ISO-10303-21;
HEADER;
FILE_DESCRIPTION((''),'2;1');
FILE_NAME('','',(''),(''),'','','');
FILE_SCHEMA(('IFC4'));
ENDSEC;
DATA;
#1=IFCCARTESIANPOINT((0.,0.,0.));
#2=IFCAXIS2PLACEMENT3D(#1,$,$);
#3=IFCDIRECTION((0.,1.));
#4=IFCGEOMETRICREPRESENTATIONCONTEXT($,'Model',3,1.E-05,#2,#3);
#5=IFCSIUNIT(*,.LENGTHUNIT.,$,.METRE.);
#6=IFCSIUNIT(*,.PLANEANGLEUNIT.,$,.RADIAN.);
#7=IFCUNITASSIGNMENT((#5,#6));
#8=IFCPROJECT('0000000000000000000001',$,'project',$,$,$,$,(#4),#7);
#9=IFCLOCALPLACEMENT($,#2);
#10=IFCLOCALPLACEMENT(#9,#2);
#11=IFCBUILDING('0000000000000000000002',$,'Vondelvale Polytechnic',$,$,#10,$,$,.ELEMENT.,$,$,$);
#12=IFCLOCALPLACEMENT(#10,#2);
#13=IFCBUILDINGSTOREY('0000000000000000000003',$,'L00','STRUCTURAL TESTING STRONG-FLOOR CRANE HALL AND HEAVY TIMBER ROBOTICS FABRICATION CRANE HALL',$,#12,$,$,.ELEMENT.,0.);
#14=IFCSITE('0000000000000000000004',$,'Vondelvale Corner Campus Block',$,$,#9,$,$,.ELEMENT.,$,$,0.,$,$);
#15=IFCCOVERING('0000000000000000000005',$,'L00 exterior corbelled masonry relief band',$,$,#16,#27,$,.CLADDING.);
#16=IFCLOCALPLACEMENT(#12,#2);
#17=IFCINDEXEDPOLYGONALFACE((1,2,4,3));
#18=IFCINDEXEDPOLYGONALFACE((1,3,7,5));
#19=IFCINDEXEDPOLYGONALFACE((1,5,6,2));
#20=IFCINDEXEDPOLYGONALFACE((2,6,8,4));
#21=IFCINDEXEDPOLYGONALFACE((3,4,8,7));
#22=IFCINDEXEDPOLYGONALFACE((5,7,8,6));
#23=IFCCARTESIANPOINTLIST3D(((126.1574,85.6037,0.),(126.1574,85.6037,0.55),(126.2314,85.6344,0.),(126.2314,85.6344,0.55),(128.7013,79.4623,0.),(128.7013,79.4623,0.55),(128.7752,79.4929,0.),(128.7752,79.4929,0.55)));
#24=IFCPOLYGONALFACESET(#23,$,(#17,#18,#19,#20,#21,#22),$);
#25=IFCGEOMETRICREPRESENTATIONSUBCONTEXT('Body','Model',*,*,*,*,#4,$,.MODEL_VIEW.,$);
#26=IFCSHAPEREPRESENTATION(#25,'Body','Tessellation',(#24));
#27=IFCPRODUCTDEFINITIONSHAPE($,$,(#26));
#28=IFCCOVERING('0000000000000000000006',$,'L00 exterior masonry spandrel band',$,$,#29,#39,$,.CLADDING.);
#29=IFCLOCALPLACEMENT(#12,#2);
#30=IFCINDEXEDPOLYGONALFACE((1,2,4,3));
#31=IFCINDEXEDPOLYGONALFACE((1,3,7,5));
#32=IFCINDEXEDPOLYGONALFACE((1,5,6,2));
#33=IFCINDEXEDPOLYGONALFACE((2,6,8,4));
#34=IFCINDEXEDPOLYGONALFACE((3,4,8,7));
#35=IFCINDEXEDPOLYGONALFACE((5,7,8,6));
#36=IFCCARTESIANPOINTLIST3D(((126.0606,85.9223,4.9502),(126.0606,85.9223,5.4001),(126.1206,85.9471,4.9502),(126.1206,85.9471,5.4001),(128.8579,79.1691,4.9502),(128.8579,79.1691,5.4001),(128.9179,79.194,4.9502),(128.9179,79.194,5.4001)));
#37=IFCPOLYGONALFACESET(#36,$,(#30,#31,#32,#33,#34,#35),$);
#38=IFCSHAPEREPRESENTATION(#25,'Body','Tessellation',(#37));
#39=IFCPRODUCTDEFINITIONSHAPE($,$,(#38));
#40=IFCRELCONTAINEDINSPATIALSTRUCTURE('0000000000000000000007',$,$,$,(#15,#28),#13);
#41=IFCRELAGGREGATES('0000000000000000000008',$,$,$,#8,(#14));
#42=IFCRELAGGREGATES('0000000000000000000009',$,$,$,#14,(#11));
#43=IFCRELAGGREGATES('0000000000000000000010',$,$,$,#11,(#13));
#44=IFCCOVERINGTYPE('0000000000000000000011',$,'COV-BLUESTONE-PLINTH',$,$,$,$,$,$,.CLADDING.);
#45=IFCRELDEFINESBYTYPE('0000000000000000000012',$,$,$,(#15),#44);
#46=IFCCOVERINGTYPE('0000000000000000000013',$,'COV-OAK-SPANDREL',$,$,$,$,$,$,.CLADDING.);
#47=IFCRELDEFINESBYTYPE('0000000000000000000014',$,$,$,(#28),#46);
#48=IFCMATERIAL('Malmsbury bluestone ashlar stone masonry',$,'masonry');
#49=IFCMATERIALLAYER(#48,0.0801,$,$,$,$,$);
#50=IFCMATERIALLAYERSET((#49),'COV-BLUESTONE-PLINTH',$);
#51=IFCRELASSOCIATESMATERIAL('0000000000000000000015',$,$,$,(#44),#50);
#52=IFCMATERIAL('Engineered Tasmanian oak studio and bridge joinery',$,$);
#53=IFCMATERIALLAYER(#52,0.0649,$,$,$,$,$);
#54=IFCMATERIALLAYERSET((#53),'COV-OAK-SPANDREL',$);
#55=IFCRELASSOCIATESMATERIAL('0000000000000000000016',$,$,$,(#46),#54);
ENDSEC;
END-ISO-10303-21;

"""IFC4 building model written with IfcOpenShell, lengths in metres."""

from ifc_helpers import new_model, si_unit, direction, frame, origin, origin_2d, place, context, subcontext, project, spatial, rectangle, extrude, material, layer, layer_set, type_object, element, save


model = new_model("IFC4")

# Units and contexts
model_context = context("Model", 3, precision=1e-05, world=origin(), true_north=direction((0.0, 1.0)))
body_context = subcontext(model_context, "Body", "Model", "MODEL_VIEW")
ifc_project = project(units=[si_unit("LENGTHUNIT", "METRE"), si_unit("PLANEANGLEUNIT", "RADIAN")], contexts=[model_context])

# Site, building, storey
site_placement = place(None, origin())
site = spatial("IfcSite", under=ifc_project, at=site_placement, Name="Vondelvale Corner Campus Block", CompositionType="ELEMENT", RefElevation=0.0)
building_placement = place(site_placement, origin())
building = spatial("IfcBuilding", under=site, at=building_placement, Name="Vondelvale Polytechnic", CompositionType="ELEMENT")
storey_placement = place(building_placement, origin())
storey = spatial("IfcBuildingStorey", under=building, at=storey_placement, Name="L00", Description="STRUCTURAL TESTING STRONG-FLOOR CRANE HALL AND HEAVY TIMBER ROBOTICS FABRICATION CRANE HALL", CompositionType="ELEMENT", Elevation=0.0)

# Shared definitions
ifc_material_1 = material(Name="Engineered Tasmanian oak studio and bridge joinery")

# Coverings
ifc_material_2 = material(Name="Malmsbury bluestone ashlar stone masonry", Category="masonry")
ifc_layer_1 = layer(ifc_material_2, 0.0801)
ifc_layer_set_1 = layer_set([ifc_layer_1], Name="COV-BLUESTONE-PLINTH")
covering_type_1 = type_object("IfcCoveringType", Name="COV-BLUESTONE-PLINTH", PredefinedType="CLADDING", material=ifc_layer_set_1)
covering_1_placement = place(storey_placement, frame((127.4663, 82.5483, 0.0), z_axis=(0.0, 0.0, 1.0), x_axis=(-0.382683, 0.92388, 0.0)))
element("IfcCovering", 1, at=covering_1_placement, inside=storey, type_object=covering_type_1, Name="L00 exterior corbelled masonry relief band", PredefinedType="CLADDING", context=body_context, shape_type="SweptSolid", body=[
    extrude(rectangle(XDim=6.6475, YDim=0.0801, at=origin_2d()), origin(), (0.0, 0.0, 1.0), 0.55),
])
ifc_layer_2 = layer(ifc_material_1, 0.0649)
ifc_layer_set_2 = layer_set([ifc_layer_2], Name="COV-OAK-SPANDREL")
covering_type_2 = type_object("IfcCoveringType", Name="COV-OAK-SPANDREL", PredefinedType="CLADDING", material=ifc_layer_set_2)
covering_2_placement = place(storey_placement, frame((127.4893, 82.5581, 4.9502), z_axis=(0.0, 0.0, 1.0), x_axis=(-0.382683, 0.92388, 0.0)))
element("IfcCovering", 2, at=covering_2_placement, inside=storey, type_object=covering_type_2, Name="L00 exterior masonry spandrel band", PredefinedType="CLADDING", context=body_context, shape_type="SweptSolid", body=[
    extrude(rectangle(XDim=7.3096, YDim=0.0649, at=origin_2d()), origin(), (0.0, 0.0, 1.0), 0.45),
])

save(model, "model.ifc")
